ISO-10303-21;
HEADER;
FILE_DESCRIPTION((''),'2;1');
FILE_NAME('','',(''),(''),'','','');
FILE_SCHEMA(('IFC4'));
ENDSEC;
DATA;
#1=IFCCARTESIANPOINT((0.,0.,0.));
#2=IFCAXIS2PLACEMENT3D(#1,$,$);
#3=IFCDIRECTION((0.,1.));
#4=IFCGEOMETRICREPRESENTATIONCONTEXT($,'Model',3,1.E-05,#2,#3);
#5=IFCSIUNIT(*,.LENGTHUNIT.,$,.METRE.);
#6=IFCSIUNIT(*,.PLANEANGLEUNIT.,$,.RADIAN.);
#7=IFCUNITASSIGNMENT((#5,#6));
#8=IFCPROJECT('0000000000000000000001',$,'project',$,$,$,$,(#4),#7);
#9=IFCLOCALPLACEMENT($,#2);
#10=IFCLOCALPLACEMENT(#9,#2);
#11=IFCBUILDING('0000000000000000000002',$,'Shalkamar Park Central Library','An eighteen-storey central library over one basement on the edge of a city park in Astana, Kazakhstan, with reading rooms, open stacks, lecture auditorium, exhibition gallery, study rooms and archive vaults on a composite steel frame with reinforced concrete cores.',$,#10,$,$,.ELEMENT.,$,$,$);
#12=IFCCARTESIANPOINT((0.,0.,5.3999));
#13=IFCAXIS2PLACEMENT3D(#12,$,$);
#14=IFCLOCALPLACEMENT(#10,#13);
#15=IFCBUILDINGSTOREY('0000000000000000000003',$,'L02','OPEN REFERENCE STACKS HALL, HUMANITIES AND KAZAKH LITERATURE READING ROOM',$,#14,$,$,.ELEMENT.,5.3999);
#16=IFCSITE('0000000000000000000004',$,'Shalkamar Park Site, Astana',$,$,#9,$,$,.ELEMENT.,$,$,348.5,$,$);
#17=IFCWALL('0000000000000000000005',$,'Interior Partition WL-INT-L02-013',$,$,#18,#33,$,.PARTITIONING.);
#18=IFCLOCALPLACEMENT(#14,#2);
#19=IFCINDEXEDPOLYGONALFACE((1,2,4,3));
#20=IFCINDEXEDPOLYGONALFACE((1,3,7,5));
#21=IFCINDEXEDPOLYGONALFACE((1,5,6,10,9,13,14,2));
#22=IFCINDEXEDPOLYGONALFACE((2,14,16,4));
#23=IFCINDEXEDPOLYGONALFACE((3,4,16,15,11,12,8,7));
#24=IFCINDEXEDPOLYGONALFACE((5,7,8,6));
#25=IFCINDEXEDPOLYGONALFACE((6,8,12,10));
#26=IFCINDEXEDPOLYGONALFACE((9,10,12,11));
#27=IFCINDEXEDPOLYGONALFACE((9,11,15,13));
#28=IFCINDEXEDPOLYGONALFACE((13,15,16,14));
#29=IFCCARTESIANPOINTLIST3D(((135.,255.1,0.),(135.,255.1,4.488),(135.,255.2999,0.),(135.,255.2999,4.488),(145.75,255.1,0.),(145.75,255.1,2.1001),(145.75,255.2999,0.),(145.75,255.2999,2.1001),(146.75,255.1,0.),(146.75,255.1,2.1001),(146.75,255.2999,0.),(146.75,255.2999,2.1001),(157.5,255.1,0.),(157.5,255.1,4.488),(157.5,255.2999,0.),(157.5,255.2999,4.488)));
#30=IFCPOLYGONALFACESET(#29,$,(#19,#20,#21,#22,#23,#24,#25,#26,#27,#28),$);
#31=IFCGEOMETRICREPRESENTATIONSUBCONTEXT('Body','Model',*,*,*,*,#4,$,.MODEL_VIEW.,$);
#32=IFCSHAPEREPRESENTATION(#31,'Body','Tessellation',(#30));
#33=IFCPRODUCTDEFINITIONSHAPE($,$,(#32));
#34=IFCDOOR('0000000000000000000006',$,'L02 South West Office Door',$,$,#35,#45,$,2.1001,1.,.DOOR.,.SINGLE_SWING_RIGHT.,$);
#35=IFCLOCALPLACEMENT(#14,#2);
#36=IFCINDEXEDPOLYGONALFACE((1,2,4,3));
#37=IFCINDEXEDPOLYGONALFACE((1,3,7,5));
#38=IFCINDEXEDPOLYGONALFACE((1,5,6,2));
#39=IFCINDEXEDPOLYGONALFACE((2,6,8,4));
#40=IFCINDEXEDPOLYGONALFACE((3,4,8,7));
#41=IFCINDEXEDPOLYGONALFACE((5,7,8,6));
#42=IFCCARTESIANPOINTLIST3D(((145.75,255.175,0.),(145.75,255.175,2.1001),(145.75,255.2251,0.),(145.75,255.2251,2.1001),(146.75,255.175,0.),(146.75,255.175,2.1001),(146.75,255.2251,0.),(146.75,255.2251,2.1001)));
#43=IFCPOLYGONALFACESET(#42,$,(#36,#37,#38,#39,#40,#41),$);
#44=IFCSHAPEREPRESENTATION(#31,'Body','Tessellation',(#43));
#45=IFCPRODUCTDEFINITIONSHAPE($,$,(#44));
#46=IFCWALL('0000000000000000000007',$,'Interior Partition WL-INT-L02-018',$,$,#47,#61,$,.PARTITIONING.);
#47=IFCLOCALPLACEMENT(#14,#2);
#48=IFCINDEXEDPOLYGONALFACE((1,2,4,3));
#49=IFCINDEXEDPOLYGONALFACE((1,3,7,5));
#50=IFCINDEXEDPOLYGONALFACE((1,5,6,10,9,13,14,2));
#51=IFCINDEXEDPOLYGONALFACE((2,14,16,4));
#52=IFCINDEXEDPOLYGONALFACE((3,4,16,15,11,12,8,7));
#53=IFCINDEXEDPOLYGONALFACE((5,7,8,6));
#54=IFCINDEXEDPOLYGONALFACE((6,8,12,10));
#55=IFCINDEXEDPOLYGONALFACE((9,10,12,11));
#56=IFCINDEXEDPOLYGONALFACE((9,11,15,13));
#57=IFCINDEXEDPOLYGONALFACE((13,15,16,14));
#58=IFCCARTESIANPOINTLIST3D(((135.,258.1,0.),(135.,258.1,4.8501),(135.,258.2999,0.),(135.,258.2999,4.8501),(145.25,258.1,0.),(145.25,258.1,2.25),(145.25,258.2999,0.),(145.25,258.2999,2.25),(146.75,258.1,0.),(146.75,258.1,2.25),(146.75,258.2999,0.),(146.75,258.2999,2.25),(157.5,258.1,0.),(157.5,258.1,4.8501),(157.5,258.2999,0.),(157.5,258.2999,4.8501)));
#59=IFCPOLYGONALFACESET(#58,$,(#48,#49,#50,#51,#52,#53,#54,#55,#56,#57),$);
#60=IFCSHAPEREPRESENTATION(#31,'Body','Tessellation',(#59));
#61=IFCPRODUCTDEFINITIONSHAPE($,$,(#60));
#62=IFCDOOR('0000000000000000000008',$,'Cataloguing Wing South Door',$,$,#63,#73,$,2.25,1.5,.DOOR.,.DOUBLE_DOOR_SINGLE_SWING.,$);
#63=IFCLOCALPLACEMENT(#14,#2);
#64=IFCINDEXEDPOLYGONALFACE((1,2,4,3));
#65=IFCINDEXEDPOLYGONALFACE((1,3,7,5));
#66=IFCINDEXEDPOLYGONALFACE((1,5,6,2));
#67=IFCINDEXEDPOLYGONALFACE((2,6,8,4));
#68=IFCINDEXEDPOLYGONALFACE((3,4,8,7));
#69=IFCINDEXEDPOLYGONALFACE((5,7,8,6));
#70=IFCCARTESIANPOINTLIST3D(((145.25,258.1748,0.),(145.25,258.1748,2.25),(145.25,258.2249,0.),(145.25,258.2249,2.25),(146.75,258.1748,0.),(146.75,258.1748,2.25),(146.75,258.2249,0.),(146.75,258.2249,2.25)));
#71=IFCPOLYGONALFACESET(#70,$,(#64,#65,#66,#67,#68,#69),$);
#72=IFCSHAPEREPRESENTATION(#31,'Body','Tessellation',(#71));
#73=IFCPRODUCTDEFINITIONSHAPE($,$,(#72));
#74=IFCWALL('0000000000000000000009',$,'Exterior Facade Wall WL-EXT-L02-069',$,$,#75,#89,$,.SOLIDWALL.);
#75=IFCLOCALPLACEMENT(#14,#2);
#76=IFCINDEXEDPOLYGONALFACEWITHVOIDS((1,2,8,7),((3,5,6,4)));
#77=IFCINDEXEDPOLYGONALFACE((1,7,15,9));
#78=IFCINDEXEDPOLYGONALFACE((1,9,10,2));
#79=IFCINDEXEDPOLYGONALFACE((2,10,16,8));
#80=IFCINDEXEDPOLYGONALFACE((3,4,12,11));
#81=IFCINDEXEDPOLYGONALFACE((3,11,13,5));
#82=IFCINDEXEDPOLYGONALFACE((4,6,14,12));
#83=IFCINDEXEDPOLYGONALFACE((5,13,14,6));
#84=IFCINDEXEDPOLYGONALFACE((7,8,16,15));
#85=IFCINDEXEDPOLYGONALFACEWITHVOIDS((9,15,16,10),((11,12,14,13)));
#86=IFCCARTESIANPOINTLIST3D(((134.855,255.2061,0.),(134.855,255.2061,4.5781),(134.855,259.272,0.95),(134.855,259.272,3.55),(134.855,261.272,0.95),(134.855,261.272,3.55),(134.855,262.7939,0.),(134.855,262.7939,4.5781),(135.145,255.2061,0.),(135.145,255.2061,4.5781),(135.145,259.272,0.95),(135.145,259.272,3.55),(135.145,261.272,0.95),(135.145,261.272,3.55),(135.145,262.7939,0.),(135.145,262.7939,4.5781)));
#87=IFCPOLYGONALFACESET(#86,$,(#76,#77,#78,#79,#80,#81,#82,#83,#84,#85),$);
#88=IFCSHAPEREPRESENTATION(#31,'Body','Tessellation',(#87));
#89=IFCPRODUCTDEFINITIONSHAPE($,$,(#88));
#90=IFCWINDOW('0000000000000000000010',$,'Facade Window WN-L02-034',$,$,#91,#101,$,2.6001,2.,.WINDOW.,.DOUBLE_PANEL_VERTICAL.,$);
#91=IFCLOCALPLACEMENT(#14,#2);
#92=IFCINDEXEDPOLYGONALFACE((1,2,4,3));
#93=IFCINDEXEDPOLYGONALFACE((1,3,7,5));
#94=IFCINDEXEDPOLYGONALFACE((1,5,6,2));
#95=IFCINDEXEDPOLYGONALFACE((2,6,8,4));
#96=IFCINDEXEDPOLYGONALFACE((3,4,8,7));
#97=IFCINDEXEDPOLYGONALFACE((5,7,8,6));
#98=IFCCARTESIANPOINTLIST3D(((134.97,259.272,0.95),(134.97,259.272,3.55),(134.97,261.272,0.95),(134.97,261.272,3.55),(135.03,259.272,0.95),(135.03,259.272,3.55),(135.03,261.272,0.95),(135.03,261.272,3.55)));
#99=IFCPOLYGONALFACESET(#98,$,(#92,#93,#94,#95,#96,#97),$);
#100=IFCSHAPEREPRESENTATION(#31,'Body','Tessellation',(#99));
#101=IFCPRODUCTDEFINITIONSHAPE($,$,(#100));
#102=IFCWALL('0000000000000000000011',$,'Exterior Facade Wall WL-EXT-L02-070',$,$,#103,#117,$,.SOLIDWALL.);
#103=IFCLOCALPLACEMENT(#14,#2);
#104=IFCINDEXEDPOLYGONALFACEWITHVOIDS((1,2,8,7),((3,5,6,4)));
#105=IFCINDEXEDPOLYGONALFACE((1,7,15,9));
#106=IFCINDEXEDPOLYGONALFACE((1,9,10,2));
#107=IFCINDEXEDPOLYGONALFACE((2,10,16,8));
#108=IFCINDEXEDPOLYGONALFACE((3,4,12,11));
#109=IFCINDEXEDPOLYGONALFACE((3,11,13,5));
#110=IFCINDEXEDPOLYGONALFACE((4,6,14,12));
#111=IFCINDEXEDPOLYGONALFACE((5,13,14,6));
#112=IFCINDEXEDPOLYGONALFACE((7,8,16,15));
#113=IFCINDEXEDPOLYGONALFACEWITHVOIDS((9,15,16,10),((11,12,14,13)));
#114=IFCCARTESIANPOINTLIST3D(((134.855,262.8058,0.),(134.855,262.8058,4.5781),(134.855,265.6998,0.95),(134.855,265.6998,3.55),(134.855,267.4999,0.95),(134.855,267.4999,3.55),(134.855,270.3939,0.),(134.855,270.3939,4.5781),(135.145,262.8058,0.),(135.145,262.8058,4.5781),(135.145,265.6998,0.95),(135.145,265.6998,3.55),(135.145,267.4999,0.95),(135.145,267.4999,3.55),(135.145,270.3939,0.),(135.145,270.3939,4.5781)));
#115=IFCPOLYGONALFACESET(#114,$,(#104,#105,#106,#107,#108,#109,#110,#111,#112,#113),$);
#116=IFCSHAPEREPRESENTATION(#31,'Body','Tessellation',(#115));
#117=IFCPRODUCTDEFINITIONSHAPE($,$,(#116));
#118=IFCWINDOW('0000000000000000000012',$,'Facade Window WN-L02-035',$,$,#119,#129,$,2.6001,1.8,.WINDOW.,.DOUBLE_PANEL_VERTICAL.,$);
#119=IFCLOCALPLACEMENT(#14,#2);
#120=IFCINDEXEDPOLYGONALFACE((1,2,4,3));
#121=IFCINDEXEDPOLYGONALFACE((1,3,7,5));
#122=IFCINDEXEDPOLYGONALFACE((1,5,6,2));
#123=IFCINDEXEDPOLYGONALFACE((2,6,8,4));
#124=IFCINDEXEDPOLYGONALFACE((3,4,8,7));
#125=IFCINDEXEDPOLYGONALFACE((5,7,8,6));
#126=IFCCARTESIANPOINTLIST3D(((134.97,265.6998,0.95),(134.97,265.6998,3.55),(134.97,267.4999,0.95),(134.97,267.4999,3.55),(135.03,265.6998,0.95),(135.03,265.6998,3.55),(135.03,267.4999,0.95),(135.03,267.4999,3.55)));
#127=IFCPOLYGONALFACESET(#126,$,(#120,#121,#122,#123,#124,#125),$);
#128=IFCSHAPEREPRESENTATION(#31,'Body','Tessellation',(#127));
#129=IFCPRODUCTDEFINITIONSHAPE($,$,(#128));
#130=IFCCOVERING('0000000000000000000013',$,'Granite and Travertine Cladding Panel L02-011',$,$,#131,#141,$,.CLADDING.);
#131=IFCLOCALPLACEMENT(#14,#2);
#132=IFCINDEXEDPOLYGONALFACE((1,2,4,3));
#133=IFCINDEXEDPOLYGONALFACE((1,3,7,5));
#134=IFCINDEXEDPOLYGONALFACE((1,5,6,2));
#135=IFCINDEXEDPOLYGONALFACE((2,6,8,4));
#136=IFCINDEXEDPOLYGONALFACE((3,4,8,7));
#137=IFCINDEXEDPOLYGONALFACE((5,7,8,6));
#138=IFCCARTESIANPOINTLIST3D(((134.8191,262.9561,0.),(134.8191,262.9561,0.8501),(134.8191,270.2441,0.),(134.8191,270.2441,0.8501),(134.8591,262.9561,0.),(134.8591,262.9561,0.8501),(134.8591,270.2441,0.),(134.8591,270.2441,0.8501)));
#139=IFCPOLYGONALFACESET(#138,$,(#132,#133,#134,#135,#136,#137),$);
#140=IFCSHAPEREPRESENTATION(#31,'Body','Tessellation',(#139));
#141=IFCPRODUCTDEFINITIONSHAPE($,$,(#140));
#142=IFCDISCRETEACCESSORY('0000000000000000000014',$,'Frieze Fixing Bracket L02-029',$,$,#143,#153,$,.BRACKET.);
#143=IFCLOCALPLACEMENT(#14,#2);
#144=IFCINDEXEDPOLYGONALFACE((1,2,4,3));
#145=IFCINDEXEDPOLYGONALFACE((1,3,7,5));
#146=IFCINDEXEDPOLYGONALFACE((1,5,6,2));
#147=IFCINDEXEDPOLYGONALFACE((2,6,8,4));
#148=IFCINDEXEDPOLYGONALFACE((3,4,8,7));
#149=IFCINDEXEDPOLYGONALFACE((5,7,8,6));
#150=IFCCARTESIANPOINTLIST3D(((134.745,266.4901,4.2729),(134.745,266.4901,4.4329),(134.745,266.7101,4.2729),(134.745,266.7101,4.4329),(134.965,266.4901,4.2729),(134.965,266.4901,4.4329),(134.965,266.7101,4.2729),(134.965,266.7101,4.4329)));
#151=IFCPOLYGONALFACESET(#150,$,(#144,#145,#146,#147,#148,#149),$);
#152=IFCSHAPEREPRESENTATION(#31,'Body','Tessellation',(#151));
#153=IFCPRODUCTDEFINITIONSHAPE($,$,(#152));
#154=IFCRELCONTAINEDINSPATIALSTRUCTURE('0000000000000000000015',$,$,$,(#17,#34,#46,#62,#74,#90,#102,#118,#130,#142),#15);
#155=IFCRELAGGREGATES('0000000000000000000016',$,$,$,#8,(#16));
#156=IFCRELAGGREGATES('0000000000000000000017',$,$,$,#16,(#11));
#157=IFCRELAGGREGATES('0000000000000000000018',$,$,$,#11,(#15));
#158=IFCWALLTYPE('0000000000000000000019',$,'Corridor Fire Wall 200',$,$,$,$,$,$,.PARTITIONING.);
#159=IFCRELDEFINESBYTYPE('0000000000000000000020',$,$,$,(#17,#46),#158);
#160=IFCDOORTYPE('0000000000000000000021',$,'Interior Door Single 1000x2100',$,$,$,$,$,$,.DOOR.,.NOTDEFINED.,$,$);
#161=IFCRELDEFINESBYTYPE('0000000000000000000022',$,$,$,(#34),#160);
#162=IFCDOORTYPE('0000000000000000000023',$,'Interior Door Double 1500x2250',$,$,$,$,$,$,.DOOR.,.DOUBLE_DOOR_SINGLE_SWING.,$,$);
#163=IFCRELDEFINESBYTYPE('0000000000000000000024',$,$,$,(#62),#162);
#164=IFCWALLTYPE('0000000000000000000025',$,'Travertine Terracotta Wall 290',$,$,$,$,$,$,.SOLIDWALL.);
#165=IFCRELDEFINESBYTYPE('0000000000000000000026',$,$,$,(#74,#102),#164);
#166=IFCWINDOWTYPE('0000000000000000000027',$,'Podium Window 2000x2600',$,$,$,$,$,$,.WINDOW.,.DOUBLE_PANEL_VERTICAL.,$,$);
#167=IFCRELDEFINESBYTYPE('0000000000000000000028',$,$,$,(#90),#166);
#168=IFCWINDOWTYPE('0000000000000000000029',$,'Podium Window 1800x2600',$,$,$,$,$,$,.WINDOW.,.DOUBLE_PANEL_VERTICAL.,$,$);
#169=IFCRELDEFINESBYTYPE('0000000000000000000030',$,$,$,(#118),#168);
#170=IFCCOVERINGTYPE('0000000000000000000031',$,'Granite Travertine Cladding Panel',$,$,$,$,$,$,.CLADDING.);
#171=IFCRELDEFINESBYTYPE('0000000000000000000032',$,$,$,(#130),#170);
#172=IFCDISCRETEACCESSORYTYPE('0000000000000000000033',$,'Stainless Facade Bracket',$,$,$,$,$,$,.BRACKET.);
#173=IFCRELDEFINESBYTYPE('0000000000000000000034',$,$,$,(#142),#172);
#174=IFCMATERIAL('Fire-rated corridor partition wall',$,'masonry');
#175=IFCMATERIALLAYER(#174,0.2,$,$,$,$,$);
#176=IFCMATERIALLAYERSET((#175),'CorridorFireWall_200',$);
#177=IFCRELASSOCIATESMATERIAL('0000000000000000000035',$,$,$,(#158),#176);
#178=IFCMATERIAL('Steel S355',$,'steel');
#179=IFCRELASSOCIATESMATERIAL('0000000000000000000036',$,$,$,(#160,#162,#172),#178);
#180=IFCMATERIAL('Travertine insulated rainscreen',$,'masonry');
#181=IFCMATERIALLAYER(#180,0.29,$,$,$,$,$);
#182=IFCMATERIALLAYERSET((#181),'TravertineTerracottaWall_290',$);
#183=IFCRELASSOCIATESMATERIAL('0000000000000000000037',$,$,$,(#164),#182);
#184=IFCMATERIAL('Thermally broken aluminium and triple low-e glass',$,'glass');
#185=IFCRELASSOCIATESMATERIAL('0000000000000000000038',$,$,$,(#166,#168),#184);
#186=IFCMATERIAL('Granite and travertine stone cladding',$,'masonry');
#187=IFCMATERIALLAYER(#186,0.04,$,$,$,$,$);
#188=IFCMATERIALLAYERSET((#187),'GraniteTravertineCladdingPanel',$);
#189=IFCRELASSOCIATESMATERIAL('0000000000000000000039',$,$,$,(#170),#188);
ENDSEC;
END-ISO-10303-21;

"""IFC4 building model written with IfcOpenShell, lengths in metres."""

from ifc_helpers import new_model, si_unit, direction, frame, frame_2d, origin, origin_2d, place, context, subcontext, project, spatial, rectangle, extrude, material, layer, layer_set, type_object, element, fill, save


model = new_model("IFC4")

# Units and contexts
model_context = context("Model", 3, precision=1e-05, world=origin(), true_north=direction((0.0, 1.0)))
body_context = subcontext(model_context, "Body", "Model", "MODEL_VIEW")
ifc_project = project(units=[si_unit("LENGTHUNIT", "METRE"), si_unit("PLANEANGLEUNIT", "RADIAN")], contexts=[model_context])

# Site, building, storey
site_placement = place(None, origin())
site = spatial("IfcSite", under=ifc_project, at=site_placement, Name="Shalkamar Park Site, Astana", CompositionType="ELEMENT", RefElevation=348.5)
building_placement = place(site_placement, origin())
building = spatial("IfcBuilding", under=site, at=building_placement, Name="Shalkamar Park Central Library", Description="An eighteen-storey central library over one basement on the edge of a city park in Astana, Kazakhstan, with reading rooms, open stacks, lecture auditorium, exhibition gallery, study rooms and archive vaults on a composite steel frame with reinforced concrete cores.", CompositionType="ELEMENT")
storey_placement = place(building_placement, frame((0.0, 0.0, 5.3999)))
storey = spatial("IfcBuildingStorey", under=building, at=storey_placement, Name="L02", Description="OPEN REFERENCE STACKS HALL, HUMANITIES AND KAZAKH LITERATURE READING ROOM", CompositionType="ELEMENT", Elevation=5.3999)

# Shared definitions
ifc_material_1 = material(Name="Steel S355", Category="steel")

# Walls, openings, doors
ifc_material_2 = material(Name="Fire-rated corridor partition wall", Category="masonry")
ifc_layer_1 = layer(ifc_material_2, 0.2)
ifc_layer_set_1 = layer_set([ifc_layer_1], Name="CorridorFireWall_200")
wall_type_1 = type_object("IfcWallType", Name="Corridor Fire Wall 200", PredefinedType="PARTITIONING", material=ifc_layer_set_1)
wall_1_placement = place(storey_placement, frame((135.0, 255.2, 0.0), z_axis=(0.0, 0.0, 1.0), x_axis=(1.0, 0.0, 0.0)))
wall_1 = element("IfcWall", 1, at=wall_1_placement, inside=storey, type_object=wall_type_1, Name="Interior Partition WL-INT-L02-013", PredefinedType="PARTITIONING", context=body_context, shape_type="SweptSolid", body=[
    extrude(rectangle(XDim=22.5, YDim=0.2, at=frame_2d((11.25, 0.0))), origin(), (0.0, 0.0, 1.0), 4.488),
])
opening_1_placement = place(wall_1_placement, frame((10.75, 0.0, 0.0)))
opening_1 = element("IfcOpeningElement", 2, at=opening_1_placement, cuts=wall_1, PredefinedType="OPENING", context=body_context, shape_type="SweptSolid", body=[
    extrude(rectangle(XDim=1.0, YDim=2.1001, at=frame_2d((0.5, 1.05))), frame((0.0, 0.1147, 0.0), z_axis=(0.0, -1.0, 0.0), x_axis=(1.0, 0.0, 0.0)), (0.0, 0.0, 1.0), 0.2297),
])
door_type_1 = type_object("IfcDoorType", Name="Interior Door Single 1000x2100", OperationType="NOTDEFINED", PredefinedType="DOOR", material=ifc_material_1)
door_1_placement = place(opening_1_placement, frame((1.0, 0.0, 0.0), z_axis=(0.0, 0.0, 1.0), x_axis=(-1.0, 0.0, 0.0)))
door_1 = element("IfcDoor", 3, at=door_1_placement, inside=storey, type_object=door_type_1, Name="L02 South West Office Door", OperationType="SINGLE_SWING_RIGHT", OverallHeight=2.1001, OverallWidth=1.0, PredefinedType="DOOR", context=body_context, shape_type="SweptSolid", body=[
    extrude(rectangle(XDim=1.0, YDim=2.1001, at=frame_2d((0.5, 1.05))), frame((0.0, 0.0249, 0.0), z_axis=(0.0, -1.0, 0.0), x_axis=(1.0, 0.0, 0.0)), (0.0, 0.0, 1.0), 0.05),
])
fill(opening_1, door_1)
wall_2_placement = place(storey_placement, frame((135.0, 258.2, 0.0), z_axis=(0.0, 0.0, 1.0), x_axis=(1.0, 0.0, 0.0)))
wall_2 = element("IfcWall", 4, at=wall_2_placement, inside=storey, type_object=wall_type_1, Name="Interior Partition WL-INT-L02-018", PredefinedType="PARTITIONING", context=body_context, shape_type="SweptSolid", body=[
    extrude(rectangle(XDim=22.5, YDim=0.2, at=frame_2d((11.25, 0.0))), origin(), (0.0, 0.0, 1.0), 4.8501),
])
opening_2_placement = place(wall_2_placement, frame((10.25, 0.0, 0.0)))
opening_2 = element("IfcOpeningElement", 5, at=opening_2_placement, cuts=wall_2, PredefinedType="OPENING", context=body_context, shape_type="SweptSolid", body=[
    extrude(rectangle(XDim=1.5, YDim=2.25, at=frame_2d((0.75, 1.125))), frame((0.0, 0.1147, 0.0), z_axis=(0.0, -1.0, 0.0), x_axis=(1.0, 0.0, 0.0)), (0.0, 0.0, 1.0), 0.2297),
])
door_type_2 = type_object("IfcDoorType", Name="Interior Door Double 1500x2250", OperationType="DOUBLE_DOOR_SINGLE_SWING", PredefinedType="DOOR", material=ifc_material_1)
door_2_placement = place(opening_2_placement, origin())
door_2 = element("IfcDoor", 6, at=door_2_placement, inside=storey, type_object=door_type_2, Name="Cataloguing Wing South Door", OperationType="DOUBLE_DOOR_SINGLE_SWING", OverallHeight=2.25, OverallWidth=1.5, PredefinedType="DOOR", context=body_context, shape_type="SweptSolid", body=[
    extrude(rectangle(XDim=1.5, YDim=2.25, at=frame_2d((0.75, 1.125))), frame((0.0, 0.0249, 0.0), z_axis=(0.0, -1.0, 0.0), x_axis=(1.0, 0.0, 0.0)), (0.0, 0.0, 1.0), 0.05),
])
fill(opening_2, door_2)

# Walls, openings, windows
ifc_material_3 = material(Name="Travertine insulated rainscreen", Category="masonry")
ifc_layer_2 = layer(ifc_material_3, 0.29)
ifc_layer_set_2 = layer_set([ifc_layer_2], Name="TravertineTerracottaWall_290")
wall_type_2 = type_object("IfcWallType", Name="Travertine Terracotta Wall 290", PredefinedType="SOLIDWALL", material=ifc_layer_set_2)
wall_3_placement = place(storey_placement, frame((135.0, 255.2061, 0.0), z_axis=(0.0, 0.0, 1.0), x_axis=(0.0, 1.0, 0.0)))
wall_3 = element("IfcWall", 7, at=wall_3_placement, inside=storey, type_object=wall_type_2, Name="Exterior Facade Wall WL-EXT-L02-069", PredefinedType="SOLIDWALL", context=body_context, shape_type="SweptSolid", body=[
    extrude(rectangle(XDim=7.5879, YDim=0.29, at=frame_2d((3.7939, 0.0))), origin(), (0.0, 0.0, 1.0), 4.5781),
])
opening_3_placement = place(wall_3_placement, frame((4.0659, 0.0, 0.95)))
opening_3 = element("IfcOpeningElement", 8, at=opening_3_placement, cuts=wall_3, PredefinedType="OPENING", context=body_context, shape_type="SweptSolid", body=[
    extrude(rectangle(XDim=2.0, YDim=2.6001, at=frame_2d((1.0, 1.3))), frame((0.0, 0.1599, 0.0), z_axis=(0.0, -1.0, 0.0), x_axis=(1.0, 0.0, 0.0)), (0.0, 0.0, 1.0), 0.3198),
])
ifc_material_4 = material(Name="Thermally broken aluminium and triple low-e glass", Category="glass")
window_type_1 = type_object("IfcWindowType", Name="Podium Window 2000x2600", PartitioningType="DOUBLE_PANEL_VERTICAL", PredefinedType="WINDOW", material=ifc_material_4)
window_1_placement = place(opening_3_placement, origin())
window_1 = element("IfcWindow", 9, at=window_1_placement, inside=storey, type_object=window_type_1, Name="Facade Window WN-L02-034", OverallHeight=2.6001, OverallWidth=2.0, PartitioningType="DOUBLE_PANEL_VERTICAL", PredefinedType="WINDOW", context=body_context, shape_type="SweptSolid", body=[
    extrude(rectangle(XDim=2.0, YDim=2.6001, at=frame_2d((1.0, 1.3))), frame((0.0, 0.03, 0.0), z_axis=(0.0, -1.0, 0.0), x_axis=(1.0, 0.0, 0.0)), (0.0, 0.0, 1.0), 0.0601),
])
fill(opening_3, window_1)
wall_4_placement = place(storey_placement, frame((135.0, 262.8059, 0.0), z_axis=(0.0, 0.0, 1.0), x_axis=(0.0, 1.0, 0.0)))
wall_4 = element("IfcWall", 10, at=wall_4_placement, inside=storey, type_object=wall_type_2, Name="Exterior Facade Wall WL-EXT-L02-070", PredefinedType="SOLIDWALL", context=body_context, shape_type="SweptSolid", body=[
    extrude(rectangle(XDim=7.5881, YDim=0.29, at=frame_2d((3.7939, 0.0))), origin(), (0.0, 0.0, 1.0), 4.5781),
])
opening_4_placement = place(wall_4_placement, frame((2.894, 0.0, 0.95)))
opening_4 = element("IfcOpeningElement", 11, at=opening_4_placement, cuts=wall_4, PredefinedType="OPENING", context=body_context, shape_type="SweptSolid", body=[
    extrude(rectangle(XDim=1.8, YDim=2.6001, at=frame_2d((0.8999, 1.3))), frame((0.0, 0.1599, 0.0), z_axis=(0.0, -1.0, 0.0), x_axis=(1.0, 0.0, 0.0)), (0.0, 0.0, 1.0), 0.3198),
])
window_type_2 = type_object("IfcWindowType", Name="Podium Window 1800x2600", PartitioningType="DOUBLE_PANEL_VERTICAL", PredefinedType="WINDOW", material=ifc_material_4)
window_2_placement = place(opening_4_placement, origin())
window_2 = element("IfcWindow", 12, at=window_2_placement, inside=storey, type_object=window_type_2, Name="Facade Window WN-L02-035", OverallHeight=2.6001, OverallWidth=1.8, PartitioningType="DOUBLE_PANEL_VERTICAL", PredefinedType="WINDOW", context=body_context, shape_type="SweptSolid", body=[
    extrude(rectangle(XDim=1.8, YDim=2.6001, at=frame_2d((0.8999, 1.3))), frame((0.0, 0.03, 0.0), z_axis=(0.0, -1.0, 0.0), x_axis=(1.0, 0.0, 0.0)), (0.0, 0.0, 1.0), 0.0601),
])
fill(opening_4, window_2)

# Covering
ifc_material_5 = material(Name="Granite and travertine stone cladding", Category="masonry")
ifc_layer_3 = layer(ifc_material_5, 0.04)
ifc_layer_set_3 = layer_set([ifc_layer_3], Name="GraniteTravertineCladdingPanel")
covering_type = type_object("IfcCoveringType", Name="Granite Travertine Cladding Panel", PredefinedType="CLADDING", material=ifc_layer_set_3)
covering_placement = place(storey_placement, frame((134.8391, 266.6001, 0.0), z_axis=(0.0, 0.0, 1.0), x_axis=(1.0, 0.0, 0.0)))
element("IfcCovering", 13, at=covering_placement, inside=storey, type_object=covering_type, Name="Granite and Travertine Cladding Panel L02-011", PredefinedType="CLADDING", context=body_context, shape_type="SweptSolid", body=[
    extrude(rectangle(XDim=0.04, YDim=7.2881, at=origin_2d()), origin(), (0.0, 0.0, 1.0), 0.8501),
])

# Discrete accessory
discrete_accessory_type = type_object("IfcDiscreteAccessoryType", Name="Stainless Facade Bracket", PredefinedType="BRACKET", material=ifc_material_1)
discrete_accessory_placement = place(storey_placement, frame((134.855, 266.6001, 4.2729), z_axis=(0.0, 0.0, 1.0), x_axis=(1.0, 0.0, 0.0)))
element("IfcDiscreteAccessory", 14, at=discrete_accessory_placement, inside=storey, type_object=discrete_accessory_type, Name="Frieze Fixing Bracket L02-029", PredefinedType="BRACKET", context=body_context, shape_type="SweptSolid", body=[
    extrude(rectangle(XDim=0.22, YDim=0.22, at=origin_2d()), origin(), (0.0, 0.0, 1.0), 0.1599),
])

save(model, "model.ifc")
